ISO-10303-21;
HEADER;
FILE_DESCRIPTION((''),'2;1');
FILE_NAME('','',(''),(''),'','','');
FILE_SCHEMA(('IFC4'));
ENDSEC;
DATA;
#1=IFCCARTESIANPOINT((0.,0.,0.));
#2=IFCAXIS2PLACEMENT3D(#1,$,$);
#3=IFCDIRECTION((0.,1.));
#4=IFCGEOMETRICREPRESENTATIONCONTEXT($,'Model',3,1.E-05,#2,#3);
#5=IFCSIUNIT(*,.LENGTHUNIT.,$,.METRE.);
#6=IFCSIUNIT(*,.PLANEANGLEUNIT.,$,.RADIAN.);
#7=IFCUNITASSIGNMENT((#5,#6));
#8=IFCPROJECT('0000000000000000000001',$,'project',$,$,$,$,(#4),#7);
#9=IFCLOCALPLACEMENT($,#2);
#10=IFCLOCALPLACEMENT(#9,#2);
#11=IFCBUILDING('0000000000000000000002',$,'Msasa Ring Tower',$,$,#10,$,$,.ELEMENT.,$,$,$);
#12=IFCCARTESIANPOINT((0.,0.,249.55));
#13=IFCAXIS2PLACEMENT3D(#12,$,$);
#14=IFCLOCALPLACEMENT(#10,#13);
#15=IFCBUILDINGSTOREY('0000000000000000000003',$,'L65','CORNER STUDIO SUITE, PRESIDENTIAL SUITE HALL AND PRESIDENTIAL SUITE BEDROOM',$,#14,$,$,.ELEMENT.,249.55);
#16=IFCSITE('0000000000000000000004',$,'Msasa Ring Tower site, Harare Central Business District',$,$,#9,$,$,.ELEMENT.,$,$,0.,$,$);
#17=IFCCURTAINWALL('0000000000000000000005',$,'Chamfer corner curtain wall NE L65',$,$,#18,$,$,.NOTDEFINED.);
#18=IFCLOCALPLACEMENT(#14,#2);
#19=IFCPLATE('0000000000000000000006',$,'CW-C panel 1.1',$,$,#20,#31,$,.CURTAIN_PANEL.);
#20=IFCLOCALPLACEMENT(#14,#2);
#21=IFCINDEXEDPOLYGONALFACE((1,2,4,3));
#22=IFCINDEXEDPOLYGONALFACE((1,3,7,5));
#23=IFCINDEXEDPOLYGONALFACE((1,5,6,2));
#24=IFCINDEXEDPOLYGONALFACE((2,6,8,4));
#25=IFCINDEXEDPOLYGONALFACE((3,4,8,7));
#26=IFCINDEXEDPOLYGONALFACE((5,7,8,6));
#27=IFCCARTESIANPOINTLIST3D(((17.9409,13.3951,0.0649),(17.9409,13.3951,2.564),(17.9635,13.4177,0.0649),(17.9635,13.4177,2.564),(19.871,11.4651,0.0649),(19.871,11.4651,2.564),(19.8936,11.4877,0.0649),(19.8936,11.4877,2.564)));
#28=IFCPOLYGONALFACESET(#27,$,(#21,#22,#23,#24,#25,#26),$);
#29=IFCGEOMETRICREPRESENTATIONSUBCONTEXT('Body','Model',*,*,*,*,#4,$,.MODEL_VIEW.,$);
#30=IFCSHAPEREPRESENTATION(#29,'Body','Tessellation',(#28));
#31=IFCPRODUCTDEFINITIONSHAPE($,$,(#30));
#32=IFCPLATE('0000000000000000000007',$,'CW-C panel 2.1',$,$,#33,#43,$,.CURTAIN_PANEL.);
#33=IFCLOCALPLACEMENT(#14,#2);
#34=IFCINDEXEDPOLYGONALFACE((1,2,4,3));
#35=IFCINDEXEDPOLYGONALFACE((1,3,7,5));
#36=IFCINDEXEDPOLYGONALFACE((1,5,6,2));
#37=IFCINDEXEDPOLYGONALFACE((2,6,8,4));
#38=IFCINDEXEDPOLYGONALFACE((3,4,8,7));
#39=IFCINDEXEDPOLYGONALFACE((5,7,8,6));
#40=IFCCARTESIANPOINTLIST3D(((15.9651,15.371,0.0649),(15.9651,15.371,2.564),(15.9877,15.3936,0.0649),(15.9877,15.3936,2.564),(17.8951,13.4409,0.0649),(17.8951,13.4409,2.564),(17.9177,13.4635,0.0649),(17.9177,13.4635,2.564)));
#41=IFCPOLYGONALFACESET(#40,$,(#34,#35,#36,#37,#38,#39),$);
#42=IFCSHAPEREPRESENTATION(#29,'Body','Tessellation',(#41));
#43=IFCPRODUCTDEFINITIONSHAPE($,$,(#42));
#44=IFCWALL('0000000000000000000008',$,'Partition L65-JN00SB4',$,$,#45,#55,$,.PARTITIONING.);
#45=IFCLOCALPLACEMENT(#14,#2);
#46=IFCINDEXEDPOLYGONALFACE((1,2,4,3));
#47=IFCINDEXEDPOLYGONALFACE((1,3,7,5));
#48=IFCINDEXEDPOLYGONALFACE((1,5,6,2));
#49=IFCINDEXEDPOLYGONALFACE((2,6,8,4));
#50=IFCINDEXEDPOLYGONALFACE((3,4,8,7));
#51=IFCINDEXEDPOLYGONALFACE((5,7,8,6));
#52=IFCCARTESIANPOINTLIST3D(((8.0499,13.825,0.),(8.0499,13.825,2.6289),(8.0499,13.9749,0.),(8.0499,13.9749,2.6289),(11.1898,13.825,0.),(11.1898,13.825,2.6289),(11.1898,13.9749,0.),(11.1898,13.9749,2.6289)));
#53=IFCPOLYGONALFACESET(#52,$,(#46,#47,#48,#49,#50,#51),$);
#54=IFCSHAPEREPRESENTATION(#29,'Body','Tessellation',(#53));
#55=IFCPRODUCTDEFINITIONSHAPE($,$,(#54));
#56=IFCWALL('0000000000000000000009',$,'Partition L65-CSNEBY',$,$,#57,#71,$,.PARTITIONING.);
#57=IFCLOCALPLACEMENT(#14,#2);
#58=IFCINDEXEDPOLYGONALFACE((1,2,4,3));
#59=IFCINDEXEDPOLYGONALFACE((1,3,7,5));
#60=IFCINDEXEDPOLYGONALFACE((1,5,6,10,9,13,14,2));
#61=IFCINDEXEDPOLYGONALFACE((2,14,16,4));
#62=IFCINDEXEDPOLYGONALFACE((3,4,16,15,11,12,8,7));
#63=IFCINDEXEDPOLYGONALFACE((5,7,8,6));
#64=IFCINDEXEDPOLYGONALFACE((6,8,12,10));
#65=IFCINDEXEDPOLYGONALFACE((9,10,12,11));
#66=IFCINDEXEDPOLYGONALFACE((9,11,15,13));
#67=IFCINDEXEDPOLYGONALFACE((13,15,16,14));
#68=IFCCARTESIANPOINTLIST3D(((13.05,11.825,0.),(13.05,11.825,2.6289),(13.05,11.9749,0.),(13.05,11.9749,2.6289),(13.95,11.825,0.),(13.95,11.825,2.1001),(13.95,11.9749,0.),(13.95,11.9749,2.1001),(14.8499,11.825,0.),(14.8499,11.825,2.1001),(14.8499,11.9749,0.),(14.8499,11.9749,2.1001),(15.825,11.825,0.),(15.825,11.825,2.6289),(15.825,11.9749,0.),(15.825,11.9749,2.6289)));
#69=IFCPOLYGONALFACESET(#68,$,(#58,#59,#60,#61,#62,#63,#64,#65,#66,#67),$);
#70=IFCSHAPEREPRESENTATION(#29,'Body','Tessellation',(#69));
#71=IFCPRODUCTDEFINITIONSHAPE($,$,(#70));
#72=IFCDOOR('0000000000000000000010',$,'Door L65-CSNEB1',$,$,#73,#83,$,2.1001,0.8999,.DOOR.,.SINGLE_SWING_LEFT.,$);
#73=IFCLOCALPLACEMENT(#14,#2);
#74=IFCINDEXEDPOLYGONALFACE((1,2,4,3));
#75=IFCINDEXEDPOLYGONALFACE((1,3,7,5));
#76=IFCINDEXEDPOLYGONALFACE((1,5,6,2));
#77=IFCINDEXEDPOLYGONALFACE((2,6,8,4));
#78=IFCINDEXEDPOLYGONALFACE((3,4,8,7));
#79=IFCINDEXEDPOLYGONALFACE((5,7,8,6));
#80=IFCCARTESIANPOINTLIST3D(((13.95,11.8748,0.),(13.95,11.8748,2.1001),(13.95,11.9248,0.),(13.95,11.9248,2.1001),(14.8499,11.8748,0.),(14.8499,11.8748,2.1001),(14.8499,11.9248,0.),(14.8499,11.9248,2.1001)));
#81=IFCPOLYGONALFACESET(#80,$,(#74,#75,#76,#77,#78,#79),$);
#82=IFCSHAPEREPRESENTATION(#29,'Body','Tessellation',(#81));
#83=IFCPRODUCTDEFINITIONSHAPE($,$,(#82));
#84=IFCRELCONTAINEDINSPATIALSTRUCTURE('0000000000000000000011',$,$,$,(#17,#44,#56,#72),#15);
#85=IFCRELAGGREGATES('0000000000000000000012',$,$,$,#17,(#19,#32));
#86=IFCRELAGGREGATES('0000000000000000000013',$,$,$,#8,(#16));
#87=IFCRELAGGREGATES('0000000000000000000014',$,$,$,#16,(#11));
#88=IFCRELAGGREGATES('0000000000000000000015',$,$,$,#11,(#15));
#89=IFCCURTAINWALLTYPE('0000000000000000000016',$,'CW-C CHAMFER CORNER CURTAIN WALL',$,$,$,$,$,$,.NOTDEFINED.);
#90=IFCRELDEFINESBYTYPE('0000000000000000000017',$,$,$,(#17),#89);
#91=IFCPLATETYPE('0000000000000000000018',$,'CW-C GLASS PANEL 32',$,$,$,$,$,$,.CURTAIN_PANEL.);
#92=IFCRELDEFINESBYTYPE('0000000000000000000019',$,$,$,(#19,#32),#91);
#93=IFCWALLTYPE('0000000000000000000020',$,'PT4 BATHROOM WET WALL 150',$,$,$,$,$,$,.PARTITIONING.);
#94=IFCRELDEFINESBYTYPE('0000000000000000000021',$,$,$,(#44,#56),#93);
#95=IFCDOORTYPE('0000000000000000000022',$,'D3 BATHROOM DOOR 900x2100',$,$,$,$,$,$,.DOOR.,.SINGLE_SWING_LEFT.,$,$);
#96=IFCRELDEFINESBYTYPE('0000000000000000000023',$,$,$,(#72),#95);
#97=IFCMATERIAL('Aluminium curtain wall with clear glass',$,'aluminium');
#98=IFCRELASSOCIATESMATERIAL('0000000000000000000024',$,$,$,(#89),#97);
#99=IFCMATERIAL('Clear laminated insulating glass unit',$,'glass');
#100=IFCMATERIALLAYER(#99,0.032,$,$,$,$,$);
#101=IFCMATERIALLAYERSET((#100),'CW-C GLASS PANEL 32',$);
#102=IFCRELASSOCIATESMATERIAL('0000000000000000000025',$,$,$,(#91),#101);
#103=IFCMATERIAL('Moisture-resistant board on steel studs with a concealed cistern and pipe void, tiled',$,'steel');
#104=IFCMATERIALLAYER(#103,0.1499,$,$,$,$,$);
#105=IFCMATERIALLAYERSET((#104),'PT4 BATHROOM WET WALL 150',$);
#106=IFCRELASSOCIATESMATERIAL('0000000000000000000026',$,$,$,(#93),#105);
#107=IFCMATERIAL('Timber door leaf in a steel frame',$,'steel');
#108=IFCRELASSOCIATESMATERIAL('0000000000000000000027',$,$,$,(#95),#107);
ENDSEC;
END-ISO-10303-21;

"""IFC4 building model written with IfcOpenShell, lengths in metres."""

from ifc_helpers import new_model, si_unit, direction, frame, frame_2d, origin, origin_2d, place, context, subcontext, project, spatial, rectangle, extrude, material, layer, layer_set, type_object, element, fill, aggregate, save


model = new_model("IFC4")

# Units and contexts
model_context = context("Model", 3, precision=1e-05, world=origin(), true_north=direction((0.0, 1.0)))
body_context = subcontext(model_context, "Body", "Model", "MODEL_VIEW")
ifc_project = project(units=[si_unit("LENGTHUNIT", "METRE"), si_unit("PLANEANGLEUNIT", "RADIAN")], contexts=[model_context])

# Site, building, storey
site_placement = place(None, origin())
site = spatial("IfcSite", under=ifc_project, at=site_placement, Name="Msasa Ring Tower site, Harare Central Business District", CompositionType="ELEMENT", RefElevation=0.0)
building_placement = place(site_placement, origin())
building = spatial("IfcBuilding", under=site, at=building_placement, Name="Msasa Ring Tower", CompositionType="ELEMENT")
storey_placement = place(building_placement, frame((0.0, 0.0, 249.55)))
storey = spatial("IfcBuildingStorey", under=building, at=storey_placement, Name="L65", Description="CORNER STUDIO SUITE, PRESIDENTIAL SUITE HALL AND PRESIDENTIAL SUITE BEDROOM", CompositionType="ELEMENT", Elevation=249.55)

# Curtain wall
ifc_material_1 = material(Name="Aluminium curtain wall with clear glass", Category="aluminium")
curtain_wall_type = type_object("IfcCurtainWallType", Name="CW-C CHAMFER CORNER CURTAIN WALL", PredefinedType="NOTDEFINED", material=ifc_material_1)
curtain_wall_1_placement = place(storey_placement, origin())
curtain_wall_1 = element("IfcCurtainWall", 1, at=curtain_wall_1_placement, inside=storey, type_object=curtain_wall_type, Name="Chamfer corner curtain wall NE L65", PredefinedType="NOTDEFINED")

# Plates
ifc_material_2 = material(Name="Clear laminated insulating glass unit", Category="glass")
ifc_layer_1 = layer(ifc_material_2, 0.032)
ifc_layer_set_1 = layer_set([ifc_layer_1], Name="CW-C GLASS PANEL 32")
plate_type = type_object("IfcPlateType", Name="CW-C GLASS PANEL 32", PredefinedType="CURTAIN_PANEL", material=ifc_layer_set_1)
plate_1_placement = place(storey_placement, frame((18.9172, 12.4414, 0.0649), z_axis=(0.0, 0.0, 1.0), x_axis=(-0.707107, 0.707107, 0.0)))
plate_1 = element("IfcPlate", 2, at=plate_1_placement, type_object=plate_type, Name="CW-C panel 1.1", PredefinedType="CURTAIN_PANEL", context=body_context, shape_type="SweptSolid", body=[
    extrude(rectangle(XDim=2.7295, YDim=0.032, at=origin_2d()), origin(), (0.0, 0.0, 1.0), 2.499),
])
plate_2_placement = place(storey_placement, frame((16.9414, 14.4172, 0.0649), z_axis=(0.0, 0.0, 1.0), x_axis=(-0.707107, 0.707107, 0.0)))
plate_2 = element("IfcPlate", 3, at=plate_2_placement, type_object=plate_type, Name="CW-C panel 2.1", PredefinedType="CURTAIN_PANEL", context=body_context, shape_type="SweptSolid", body=[
    extrude(rectangle(XDim=2.7295, YDim=0.032, at=origin_2d()), origin(), (0.0, 0.0, 1.0), 2.499),
])
aggregate(curtain_wall_1, [plate_1, plate_2])

# Wall
ifc_material_3 = material(Name="Moisture-resistant board on steel studs with a concealed cistern and pipe void, tiled", Category="steel")
ifc_layer_2 = layer(ifc_material_3, 0.1499)
ifc_layer_set_2 = layer_set([ifc_layer_2], Name="PT4 BATHROOM WET WALL 150")
wall_type = type_object("IfcWallType", Name="PT4 BATHROOM WET WALL 150", PredefinedType="PARTITIONING", material=ifc_layer_set_2)
wall_1_placement = place(storey_placement, frame((8.05, 13.8999, 0.0), z_axis=(0.0, 0.0, 1.0), x_axis=(1.0, 0.0, 0.0)))
element("IfcWall", 4, at=wall_1_placement, inside=storey, type_object=wall_type, Name="Partition L65-JN00SB4", PredefinedType="PARTITIONING", context=body_context, shape_type="SweptSolid", body=[
    extrude(rectangle(XDim=3.1399, YDim=0.1499, at=frame_2d((1.5698, 0.0))), origin(), (0.0, 0.0, 1.0), 2.6289),
])

# Wall, opening, door
wall_2_placement = place(storey_placement, frame((13.05, 11.8999, 0.0), z_axis=(0.0, 0.0, 1.0), x_axis=(1.0, 0.0, 0.0)))
wall_2 = element("IfcWall", 5, at=wall_2_placement, inside=storey, type_object=wall_type, Name="Partition L65-CSNEBY", PredefinedType="PARTITIONING", context=body_context, shape_type="SweptSolid", body=[
    extrude(rectangle(XDim=2.7749, YDim=0.1499, at=frame_2d((1.3875, 0.0))), origin(), (0.0, 0.0, 1.0), 2.6289),
])
opening_placement = place(wall_2_placement, frame((0.8999, 0.0, 0.0)))
opening = element("IfcOpeningElement", 6, at=opening_placement, cuts=wall_2, PredefinedType="OPENING", context=body_context, shape_type="SweptSolid", body=[
    extrude(rectangle(XDim=0.8999, YDim=2.1001, at=frame_2d((0.45, 1.05))), frame((0.0, 0.085, 0.0), z_axis=(0.0, -1.0, 0.0), x_axis=(1.0, 0.0, 0.0)), (0.0, 0.0, 1.0), 0.1699),
])
ifc_material_4 = material(Name="Timber door leaf in a steel frame", Category="steel")
door_type = type_object("IfcDoorType", Name="D3 BATHROOM DOOR 900x2100", OperationType="SINGLE_SWING_LEFT", PredefinedType="DOOR", material=ifc_material_4)
door_placement = place(opening_placement, origin())
door = element("IfcDoor", 7, at=door_placement, inside=storey, type_object=door_type, Name="Door L65-CSNEB1", OperationType="SINGLE_SWING_LEFT", OverallHeight=2.1001, OverallWidth=0.8999, PredefinedType="DOOR", context=body_context, shape_type="SweptSolid", body=[
    extrude(rectangle(XDim=0.8999, YDim=2.1001, at=frame_2d((0.45, 1.05))), frame((0.0, 0.0249, 0.0), z_axis=(0.0, -1.0, 0.0), x_axis=(1.0, 0.0, 0.0)), (0.0, 0.0, 1.0), 0.05),
])
fill(opening, door)

save(model, "model.ifc")
